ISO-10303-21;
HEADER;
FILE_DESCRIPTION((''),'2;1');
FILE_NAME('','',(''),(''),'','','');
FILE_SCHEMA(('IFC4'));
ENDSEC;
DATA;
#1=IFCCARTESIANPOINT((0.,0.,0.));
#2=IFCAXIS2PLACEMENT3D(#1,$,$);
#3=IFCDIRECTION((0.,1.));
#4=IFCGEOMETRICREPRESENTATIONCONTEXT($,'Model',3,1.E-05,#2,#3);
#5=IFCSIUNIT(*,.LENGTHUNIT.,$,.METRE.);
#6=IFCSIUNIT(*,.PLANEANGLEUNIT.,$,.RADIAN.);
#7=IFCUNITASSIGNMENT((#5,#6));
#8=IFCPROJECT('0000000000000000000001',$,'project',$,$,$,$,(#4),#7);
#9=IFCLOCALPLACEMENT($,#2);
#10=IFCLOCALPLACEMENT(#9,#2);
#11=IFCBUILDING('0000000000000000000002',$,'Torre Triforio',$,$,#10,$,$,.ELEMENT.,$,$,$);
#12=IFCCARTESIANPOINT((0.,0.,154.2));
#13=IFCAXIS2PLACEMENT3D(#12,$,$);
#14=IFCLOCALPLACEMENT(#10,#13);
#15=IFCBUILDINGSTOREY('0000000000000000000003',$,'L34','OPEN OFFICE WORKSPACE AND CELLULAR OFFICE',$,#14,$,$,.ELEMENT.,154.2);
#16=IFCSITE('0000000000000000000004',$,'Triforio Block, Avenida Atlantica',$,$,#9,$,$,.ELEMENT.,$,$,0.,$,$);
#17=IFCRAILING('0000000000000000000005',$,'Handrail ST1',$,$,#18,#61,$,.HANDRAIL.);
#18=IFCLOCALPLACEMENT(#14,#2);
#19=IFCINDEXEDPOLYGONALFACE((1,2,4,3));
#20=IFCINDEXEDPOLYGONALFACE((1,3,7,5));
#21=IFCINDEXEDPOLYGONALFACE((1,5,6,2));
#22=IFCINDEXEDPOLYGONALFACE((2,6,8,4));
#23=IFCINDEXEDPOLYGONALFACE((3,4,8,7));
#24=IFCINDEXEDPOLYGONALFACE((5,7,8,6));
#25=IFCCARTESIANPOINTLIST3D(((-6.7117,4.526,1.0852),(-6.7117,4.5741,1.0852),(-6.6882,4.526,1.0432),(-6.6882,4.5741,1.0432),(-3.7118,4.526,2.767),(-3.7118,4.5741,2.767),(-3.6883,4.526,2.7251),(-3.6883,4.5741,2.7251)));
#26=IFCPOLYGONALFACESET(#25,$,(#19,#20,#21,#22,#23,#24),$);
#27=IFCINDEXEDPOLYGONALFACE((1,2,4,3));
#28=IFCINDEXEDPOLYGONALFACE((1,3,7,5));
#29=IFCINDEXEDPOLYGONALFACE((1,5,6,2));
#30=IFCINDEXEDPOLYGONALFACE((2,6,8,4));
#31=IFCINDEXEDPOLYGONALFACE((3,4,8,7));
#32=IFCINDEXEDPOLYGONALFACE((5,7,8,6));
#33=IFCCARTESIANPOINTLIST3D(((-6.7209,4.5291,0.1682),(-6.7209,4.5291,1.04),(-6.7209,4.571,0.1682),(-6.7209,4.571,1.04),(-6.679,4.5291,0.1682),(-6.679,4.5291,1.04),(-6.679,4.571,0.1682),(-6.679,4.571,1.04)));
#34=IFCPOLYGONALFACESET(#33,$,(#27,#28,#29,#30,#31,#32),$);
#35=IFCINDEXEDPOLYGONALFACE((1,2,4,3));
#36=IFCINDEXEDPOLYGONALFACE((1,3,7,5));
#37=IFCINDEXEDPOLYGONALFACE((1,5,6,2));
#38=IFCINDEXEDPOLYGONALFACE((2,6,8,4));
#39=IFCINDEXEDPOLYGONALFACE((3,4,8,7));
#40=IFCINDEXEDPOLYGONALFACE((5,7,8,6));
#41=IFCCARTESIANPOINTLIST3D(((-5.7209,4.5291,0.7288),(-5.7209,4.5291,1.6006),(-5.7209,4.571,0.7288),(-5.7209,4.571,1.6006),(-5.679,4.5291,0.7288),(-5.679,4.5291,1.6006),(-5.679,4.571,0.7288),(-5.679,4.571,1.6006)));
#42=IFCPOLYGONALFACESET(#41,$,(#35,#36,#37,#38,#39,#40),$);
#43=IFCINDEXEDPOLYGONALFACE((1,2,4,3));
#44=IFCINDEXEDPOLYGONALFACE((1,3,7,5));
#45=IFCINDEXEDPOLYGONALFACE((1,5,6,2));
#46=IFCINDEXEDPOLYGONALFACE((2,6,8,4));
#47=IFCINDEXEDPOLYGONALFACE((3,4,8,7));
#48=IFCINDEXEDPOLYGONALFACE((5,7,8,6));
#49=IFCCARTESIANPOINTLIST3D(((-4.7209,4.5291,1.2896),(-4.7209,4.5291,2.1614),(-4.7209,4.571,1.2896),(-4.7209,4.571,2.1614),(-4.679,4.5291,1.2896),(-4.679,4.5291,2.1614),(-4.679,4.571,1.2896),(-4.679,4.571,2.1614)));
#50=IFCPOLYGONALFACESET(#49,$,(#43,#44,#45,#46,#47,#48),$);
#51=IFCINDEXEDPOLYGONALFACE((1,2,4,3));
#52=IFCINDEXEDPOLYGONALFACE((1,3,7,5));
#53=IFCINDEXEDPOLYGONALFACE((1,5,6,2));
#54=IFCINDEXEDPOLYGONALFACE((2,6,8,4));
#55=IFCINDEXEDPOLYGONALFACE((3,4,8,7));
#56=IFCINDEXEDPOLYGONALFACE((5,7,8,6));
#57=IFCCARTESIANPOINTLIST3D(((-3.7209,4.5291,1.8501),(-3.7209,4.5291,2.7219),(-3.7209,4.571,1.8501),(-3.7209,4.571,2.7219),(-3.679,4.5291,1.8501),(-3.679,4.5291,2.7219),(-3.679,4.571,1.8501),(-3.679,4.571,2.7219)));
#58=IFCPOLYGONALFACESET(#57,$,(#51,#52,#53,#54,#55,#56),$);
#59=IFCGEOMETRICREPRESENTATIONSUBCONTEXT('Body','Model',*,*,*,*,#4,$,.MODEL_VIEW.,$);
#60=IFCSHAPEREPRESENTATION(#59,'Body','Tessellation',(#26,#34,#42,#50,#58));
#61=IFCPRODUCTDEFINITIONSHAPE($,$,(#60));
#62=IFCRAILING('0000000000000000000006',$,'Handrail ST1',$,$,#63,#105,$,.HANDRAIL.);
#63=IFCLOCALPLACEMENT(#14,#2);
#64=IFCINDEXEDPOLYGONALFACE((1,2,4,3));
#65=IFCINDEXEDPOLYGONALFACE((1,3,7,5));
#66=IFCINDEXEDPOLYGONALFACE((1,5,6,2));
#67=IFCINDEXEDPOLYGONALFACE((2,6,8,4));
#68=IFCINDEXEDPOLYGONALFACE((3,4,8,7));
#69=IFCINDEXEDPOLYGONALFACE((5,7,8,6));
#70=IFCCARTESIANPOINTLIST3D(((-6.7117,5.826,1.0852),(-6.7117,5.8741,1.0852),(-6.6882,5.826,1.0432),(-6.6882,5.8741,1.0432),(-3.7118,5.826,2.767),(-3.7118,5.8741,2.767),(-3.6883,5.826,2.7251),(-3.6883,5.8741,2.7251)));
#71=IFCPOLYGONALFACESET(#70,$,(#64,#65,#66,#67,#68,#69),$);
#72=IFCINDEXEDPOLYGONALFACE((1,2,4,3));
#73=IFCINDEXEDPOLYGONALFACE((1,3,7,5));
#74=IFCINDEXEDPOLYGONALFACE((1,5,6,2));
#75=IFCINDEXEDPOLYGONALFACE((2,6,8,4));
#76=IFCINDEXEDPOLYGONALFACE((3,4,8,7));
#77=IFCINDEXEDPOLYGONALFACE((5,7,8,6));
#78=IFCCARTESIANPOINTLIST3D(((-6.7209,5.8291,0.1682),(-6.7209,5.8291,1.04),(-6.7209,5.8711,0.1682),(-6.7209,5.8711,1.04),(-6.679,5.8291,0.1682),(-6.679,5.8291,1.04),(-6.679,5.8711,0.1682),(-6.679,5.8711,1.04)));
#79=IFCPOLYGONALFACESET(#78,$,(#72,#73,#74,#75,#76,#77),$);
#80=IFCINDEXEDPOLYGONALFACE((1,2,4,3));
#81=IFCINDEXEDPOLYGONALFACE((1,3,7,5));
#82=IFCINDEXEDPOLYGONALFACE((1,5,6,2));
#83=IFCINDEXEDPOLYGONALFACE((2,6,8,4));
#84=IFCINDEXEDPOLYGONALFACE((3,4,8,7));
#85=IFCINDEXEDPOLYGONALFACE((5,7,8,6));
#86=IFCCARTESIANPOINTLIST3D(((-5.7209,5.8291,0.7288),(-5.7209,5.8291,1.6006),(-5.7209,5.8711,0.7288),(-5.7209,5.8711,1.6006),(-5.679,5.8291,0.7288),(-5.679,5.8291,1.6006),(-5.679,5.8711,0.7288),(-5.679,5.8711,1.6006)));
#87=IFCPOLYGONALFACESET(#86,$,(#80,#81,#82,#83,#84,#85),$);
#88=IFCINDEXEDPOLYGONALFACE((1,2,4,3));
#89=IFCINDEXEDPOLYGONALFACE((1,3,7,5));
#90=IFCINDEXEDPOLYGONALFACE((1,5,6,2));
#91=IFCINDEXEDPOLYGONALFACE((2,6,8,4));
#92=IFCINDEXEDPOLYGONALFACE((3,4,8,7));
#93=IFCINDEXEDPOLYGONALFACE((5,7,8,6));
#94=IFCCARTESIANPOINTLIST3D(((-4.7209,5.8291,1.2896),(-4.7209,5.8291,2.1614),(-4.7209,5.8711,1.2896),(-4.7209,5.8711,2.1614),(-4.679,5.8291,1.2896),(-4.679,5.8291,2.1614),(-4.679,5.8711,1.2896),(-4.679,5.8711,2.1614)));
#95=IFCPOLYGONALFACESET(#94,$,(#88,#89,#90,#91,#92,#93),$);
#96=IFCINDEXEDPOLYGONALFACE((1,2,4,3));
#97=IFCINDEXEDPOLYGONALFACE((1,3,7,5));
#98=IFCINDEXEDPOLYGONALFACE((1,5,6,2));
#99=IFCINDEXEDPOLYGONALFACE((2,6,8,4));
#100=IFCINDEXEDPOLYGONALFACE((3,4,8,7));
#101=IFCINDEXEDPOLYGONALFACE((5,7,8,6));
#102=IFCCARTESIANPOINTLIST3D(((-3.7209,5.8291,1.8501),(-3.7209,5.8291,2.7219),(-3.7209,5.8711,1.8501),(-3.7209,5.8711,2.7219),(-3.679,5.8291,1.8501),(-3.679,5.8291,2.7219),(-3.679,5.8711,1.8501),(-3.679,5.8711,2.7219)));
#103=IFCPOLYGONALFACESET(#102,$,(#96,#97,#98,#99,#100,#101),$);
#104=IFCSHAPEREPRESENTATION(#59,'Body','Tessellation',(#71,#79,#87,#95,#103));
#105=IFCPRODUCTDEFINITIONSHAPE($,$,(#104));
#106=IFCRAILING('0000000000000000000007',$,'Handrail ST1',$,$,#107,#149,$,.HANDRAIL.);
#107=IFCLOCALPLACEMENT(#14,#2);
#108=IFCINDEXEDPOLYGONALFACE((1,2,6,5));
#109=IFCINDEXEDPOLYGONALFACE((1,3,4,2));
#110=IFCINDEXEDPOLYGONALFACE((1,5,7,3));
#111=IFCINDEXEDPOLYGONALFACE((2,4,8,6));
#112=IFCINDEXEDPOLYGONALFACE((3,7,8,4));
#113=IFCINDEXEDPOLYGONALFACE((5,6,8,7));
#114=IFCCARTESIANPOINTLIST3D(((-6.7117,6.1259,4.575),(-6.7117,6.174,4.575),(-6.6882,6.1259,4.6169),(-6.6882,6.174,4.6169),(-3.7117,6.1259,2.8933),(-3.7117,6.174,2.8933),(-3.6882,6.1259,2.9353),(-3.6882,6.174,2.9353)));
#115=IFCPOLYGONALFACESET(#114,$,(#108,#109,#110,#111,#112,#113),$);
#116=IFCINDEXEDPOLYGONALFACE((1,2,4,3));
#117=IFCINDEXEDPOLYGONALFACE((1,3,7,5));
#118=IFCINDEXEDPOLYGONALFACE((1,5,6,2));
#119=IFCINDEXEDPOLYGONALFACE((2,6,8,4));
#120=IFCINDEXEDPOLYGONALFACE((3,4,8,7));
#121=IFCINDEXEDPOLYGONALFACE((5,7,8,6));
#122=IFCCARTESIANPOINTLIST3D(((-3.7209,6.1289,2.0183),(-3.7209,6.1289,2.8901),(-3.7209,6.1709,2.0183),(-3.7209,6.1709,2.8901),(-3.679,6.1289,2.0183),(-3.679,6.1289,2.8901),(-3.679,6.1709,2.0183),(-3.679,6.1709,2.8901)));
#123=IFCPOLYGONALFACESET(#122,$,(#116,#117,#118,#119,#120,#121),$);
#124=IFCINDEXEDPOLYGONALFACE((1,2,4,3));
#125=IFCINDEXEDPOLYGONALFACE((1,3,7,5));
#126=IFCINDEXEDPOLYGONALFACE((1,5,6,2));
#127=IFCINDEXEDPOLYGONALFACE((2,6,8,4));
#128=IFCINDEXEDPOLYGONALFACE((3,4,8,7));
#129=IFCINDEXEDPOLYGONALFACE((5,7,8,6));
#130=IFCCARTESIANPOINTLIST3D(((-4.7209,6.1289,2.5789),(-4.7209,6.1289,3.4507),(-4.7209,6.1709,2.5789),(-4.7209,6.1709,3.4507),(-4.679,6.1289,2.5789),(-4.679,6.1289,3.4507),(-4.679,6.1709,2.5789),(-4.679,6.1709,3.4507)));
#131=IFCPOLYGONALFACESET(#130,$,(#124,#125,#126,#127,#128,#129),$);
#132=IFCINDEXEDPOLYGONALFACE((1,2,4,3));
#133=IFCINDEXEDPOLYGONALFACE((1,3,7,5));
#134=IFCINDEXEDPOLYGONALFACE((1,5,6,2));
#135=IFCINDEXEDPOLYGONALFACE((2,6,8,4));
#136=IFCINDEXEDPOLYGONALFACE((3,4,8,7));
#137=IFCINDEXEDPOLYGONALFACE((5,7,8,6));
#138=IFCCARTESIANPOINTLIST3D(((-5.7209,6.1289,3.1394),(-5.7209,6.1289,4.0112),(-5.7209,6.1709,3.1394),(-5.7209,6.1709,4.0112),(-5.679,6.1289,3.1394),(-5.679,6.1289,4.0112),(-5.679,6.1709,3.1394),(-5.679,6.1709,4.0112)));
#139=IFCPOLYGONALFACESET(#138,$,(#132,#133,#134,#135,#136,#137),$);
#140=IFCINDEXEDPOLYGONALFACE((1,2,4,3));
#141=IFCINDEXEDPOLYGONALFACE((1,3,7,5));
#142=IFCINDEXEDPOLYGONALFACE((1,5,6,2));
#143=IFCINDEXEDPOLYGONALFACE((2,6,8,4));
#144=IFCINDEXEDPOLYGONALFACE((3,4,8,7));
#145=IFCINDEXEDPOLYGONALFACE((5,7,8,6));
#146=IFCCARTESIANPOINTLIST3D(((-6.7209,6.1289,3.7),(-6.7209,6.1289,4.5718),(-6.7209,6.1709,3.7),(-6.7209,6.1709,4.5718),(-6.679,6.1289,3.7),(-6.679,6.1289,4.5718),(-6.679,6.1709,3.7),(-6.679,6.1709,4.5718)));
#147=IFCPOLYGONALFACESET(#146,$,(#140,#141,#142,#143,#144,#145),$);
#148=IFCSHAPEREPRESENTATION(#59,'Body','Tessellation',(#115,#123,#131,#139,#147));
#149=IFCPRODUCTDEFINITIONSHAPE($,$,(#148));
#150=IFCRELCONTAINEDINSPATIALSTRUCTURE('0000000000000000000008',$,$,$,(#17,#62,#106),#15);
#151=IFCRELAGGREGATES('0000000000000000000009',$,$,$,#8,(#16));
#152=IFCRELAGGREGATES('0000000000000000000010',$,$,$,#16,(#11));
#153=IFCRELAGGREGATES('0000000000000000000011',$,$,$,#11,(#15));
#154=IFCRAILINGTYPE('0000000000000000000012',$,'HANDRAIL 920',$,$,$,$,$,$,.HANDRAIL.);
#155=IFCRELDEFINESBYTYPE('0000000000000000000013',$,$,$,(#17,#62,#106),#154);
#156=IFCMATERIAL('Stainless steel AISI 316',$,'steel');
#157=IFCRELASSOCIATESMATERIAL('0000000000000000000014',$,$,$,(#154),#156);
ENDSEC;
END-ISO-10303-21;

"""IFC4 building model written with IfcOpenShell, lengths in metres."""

from ifc_helpers import new_model, si_unit, direction, frame, origin, origin_2d, place, context, subcontext, project, spatial, rectangle, extrude, material, type_object, element, save


model = new_model("IFC4")

# Units and contexts
model_context = context("Model", 3, precision=1e-05, world=origin(), true_north=direction((0.0, 1.0)))
body_context = subcontext(model_context, "Body", "Model", "MODEL_VIEW")
ifc_project = project(units=[si_unit("LENGTHUNIT", "METRE"), si_unit("PLANEANGLEUNIT", "RADIAN")], contexts=[model_context])

# Site, building, storey
site_placement = place(None, origin())
site = spatial("IfcSite", under=ifc_project, at=site_placement, Name="Triforio Block, Avenida Atlantica", CompositionType="ELEMENT", RefElevation=0.0)
building_placement = place(site_placement, origin())
building = spatial("IfcBuilding", under=site, at=building_placement, Name="Torre Triforio", CompositionType="ELEMENT")
storey_placement = place(building_placement, frame((0.0, 0.0, 154.2)))
storey = spatial("IfcBuildingStorey", under=building, at=storey_placement, Name="L34", Description="OPEN OFFICE WORKSPACE AND CELLULAR OFFICE", CompositionType="ELEMENT", Elevation=154.2)

# Railings
ifc_material_1 = material(Name="Stainless steel AISI 316", Category="steel")
railing_type = type_object("IfcRailingType", Name="HANDRAIL 920", PredefinedType="HANDRAIL", material=ifc_material_1)
for number, where, name in (
    (1, (-6.7, 4.55, 0.1682), "Handrail ST1"),
    (2, (-6.7, 5.8501, 0.1682), "Handrail ST1"),
):
    element("IfcRailing", number, at=place(storey_placement, frame(where)), inside=storey, type_object=railing_type, Name=name, PredefinedType="HANDRAIL", context=body_context, shape_type="SweptSolid", body=[
        extrude(rectangle(XDim=0.0481, YDim=0.0481, at=origin_2d()), frame((0.0, 0.0, 0.896), z_axis=(0.872272, 0.0, 0.48902), x_axis=(0.0, 1.0, 0.0)), (0.0, 0.0, 1.0), 3.4392),
        extrude(rectangle(XDim=0.042, YDim=0.042, at=origin_2d()), origin(), (0.0, 0.0, 1.0), 0.8718),
        extrude(rectangle(XDim=0.042, YDim=0.042, at=origin_2d()), frame((1.0, 0.0, 0.5605)), (0.0, 0.0, 1.0), 0.8718),
        extrude(rectangle(XDim=0.042, YDim=0.042, at=origin_2d()), frame((2.0, 0.0, 1.1213)), (0.0, 0.0, 1.0), 0.8718),
        extrude(rectangle(XDim=0.042, YDim=0.042, at=origin_2d()), frame((3.0, 0.0, 1.6819)), (0.0, 0.0, 1.0), 0.8718),
    ])
railing_placement = place(storey_placement, frame((-3.7, 6.1499, 2.0183)))
element("IfcRailing", 3, at=railing_placement, inside=storey, type_object=railing_type, Name="Handrail ST1", PredefinedType="HANDRAIL", context=body_context, shape_type="SweptSolid", body=[
    extrude(rectangle(XDim=0.0481, YDim=0.0481, at=origin_2d()), frame((0.0, 0.0, 0.896), z_axis=(-0.872303, 0.0, 0.488966), x_axis=(0.0, -1.0, 0.0)), (0.0, 0.0, 1.0), 3.4392),
    extrude(rectangle(XDim=0.042, YDim=0.042, at=origin_2d()), origin(), (0.0, 0.0, 1.0), 0.8718),
    extrude(rectangle(XDim=0.042, YDim=0.042, at=origin_2d()), frame((-1.0, 0.0, 0.5605)), (0.0, 0.0, 1.0), 0.8718),
    extrude(rectangle(XDim=0.042, YDim=0.042, at=origin_2d()), frame((-2.0, 0.0, 1.1211)), (0.0, 0.0, 1.0), 0.8718),
    extrude(rectangle(XDim=0.042, YDim=0.042, at=origin_2d()), frame((-3.0, 0.0, 1.6816)), (0.0, 0.0, 1.0), 0.8718),
])

save(model, "model.ifc")
